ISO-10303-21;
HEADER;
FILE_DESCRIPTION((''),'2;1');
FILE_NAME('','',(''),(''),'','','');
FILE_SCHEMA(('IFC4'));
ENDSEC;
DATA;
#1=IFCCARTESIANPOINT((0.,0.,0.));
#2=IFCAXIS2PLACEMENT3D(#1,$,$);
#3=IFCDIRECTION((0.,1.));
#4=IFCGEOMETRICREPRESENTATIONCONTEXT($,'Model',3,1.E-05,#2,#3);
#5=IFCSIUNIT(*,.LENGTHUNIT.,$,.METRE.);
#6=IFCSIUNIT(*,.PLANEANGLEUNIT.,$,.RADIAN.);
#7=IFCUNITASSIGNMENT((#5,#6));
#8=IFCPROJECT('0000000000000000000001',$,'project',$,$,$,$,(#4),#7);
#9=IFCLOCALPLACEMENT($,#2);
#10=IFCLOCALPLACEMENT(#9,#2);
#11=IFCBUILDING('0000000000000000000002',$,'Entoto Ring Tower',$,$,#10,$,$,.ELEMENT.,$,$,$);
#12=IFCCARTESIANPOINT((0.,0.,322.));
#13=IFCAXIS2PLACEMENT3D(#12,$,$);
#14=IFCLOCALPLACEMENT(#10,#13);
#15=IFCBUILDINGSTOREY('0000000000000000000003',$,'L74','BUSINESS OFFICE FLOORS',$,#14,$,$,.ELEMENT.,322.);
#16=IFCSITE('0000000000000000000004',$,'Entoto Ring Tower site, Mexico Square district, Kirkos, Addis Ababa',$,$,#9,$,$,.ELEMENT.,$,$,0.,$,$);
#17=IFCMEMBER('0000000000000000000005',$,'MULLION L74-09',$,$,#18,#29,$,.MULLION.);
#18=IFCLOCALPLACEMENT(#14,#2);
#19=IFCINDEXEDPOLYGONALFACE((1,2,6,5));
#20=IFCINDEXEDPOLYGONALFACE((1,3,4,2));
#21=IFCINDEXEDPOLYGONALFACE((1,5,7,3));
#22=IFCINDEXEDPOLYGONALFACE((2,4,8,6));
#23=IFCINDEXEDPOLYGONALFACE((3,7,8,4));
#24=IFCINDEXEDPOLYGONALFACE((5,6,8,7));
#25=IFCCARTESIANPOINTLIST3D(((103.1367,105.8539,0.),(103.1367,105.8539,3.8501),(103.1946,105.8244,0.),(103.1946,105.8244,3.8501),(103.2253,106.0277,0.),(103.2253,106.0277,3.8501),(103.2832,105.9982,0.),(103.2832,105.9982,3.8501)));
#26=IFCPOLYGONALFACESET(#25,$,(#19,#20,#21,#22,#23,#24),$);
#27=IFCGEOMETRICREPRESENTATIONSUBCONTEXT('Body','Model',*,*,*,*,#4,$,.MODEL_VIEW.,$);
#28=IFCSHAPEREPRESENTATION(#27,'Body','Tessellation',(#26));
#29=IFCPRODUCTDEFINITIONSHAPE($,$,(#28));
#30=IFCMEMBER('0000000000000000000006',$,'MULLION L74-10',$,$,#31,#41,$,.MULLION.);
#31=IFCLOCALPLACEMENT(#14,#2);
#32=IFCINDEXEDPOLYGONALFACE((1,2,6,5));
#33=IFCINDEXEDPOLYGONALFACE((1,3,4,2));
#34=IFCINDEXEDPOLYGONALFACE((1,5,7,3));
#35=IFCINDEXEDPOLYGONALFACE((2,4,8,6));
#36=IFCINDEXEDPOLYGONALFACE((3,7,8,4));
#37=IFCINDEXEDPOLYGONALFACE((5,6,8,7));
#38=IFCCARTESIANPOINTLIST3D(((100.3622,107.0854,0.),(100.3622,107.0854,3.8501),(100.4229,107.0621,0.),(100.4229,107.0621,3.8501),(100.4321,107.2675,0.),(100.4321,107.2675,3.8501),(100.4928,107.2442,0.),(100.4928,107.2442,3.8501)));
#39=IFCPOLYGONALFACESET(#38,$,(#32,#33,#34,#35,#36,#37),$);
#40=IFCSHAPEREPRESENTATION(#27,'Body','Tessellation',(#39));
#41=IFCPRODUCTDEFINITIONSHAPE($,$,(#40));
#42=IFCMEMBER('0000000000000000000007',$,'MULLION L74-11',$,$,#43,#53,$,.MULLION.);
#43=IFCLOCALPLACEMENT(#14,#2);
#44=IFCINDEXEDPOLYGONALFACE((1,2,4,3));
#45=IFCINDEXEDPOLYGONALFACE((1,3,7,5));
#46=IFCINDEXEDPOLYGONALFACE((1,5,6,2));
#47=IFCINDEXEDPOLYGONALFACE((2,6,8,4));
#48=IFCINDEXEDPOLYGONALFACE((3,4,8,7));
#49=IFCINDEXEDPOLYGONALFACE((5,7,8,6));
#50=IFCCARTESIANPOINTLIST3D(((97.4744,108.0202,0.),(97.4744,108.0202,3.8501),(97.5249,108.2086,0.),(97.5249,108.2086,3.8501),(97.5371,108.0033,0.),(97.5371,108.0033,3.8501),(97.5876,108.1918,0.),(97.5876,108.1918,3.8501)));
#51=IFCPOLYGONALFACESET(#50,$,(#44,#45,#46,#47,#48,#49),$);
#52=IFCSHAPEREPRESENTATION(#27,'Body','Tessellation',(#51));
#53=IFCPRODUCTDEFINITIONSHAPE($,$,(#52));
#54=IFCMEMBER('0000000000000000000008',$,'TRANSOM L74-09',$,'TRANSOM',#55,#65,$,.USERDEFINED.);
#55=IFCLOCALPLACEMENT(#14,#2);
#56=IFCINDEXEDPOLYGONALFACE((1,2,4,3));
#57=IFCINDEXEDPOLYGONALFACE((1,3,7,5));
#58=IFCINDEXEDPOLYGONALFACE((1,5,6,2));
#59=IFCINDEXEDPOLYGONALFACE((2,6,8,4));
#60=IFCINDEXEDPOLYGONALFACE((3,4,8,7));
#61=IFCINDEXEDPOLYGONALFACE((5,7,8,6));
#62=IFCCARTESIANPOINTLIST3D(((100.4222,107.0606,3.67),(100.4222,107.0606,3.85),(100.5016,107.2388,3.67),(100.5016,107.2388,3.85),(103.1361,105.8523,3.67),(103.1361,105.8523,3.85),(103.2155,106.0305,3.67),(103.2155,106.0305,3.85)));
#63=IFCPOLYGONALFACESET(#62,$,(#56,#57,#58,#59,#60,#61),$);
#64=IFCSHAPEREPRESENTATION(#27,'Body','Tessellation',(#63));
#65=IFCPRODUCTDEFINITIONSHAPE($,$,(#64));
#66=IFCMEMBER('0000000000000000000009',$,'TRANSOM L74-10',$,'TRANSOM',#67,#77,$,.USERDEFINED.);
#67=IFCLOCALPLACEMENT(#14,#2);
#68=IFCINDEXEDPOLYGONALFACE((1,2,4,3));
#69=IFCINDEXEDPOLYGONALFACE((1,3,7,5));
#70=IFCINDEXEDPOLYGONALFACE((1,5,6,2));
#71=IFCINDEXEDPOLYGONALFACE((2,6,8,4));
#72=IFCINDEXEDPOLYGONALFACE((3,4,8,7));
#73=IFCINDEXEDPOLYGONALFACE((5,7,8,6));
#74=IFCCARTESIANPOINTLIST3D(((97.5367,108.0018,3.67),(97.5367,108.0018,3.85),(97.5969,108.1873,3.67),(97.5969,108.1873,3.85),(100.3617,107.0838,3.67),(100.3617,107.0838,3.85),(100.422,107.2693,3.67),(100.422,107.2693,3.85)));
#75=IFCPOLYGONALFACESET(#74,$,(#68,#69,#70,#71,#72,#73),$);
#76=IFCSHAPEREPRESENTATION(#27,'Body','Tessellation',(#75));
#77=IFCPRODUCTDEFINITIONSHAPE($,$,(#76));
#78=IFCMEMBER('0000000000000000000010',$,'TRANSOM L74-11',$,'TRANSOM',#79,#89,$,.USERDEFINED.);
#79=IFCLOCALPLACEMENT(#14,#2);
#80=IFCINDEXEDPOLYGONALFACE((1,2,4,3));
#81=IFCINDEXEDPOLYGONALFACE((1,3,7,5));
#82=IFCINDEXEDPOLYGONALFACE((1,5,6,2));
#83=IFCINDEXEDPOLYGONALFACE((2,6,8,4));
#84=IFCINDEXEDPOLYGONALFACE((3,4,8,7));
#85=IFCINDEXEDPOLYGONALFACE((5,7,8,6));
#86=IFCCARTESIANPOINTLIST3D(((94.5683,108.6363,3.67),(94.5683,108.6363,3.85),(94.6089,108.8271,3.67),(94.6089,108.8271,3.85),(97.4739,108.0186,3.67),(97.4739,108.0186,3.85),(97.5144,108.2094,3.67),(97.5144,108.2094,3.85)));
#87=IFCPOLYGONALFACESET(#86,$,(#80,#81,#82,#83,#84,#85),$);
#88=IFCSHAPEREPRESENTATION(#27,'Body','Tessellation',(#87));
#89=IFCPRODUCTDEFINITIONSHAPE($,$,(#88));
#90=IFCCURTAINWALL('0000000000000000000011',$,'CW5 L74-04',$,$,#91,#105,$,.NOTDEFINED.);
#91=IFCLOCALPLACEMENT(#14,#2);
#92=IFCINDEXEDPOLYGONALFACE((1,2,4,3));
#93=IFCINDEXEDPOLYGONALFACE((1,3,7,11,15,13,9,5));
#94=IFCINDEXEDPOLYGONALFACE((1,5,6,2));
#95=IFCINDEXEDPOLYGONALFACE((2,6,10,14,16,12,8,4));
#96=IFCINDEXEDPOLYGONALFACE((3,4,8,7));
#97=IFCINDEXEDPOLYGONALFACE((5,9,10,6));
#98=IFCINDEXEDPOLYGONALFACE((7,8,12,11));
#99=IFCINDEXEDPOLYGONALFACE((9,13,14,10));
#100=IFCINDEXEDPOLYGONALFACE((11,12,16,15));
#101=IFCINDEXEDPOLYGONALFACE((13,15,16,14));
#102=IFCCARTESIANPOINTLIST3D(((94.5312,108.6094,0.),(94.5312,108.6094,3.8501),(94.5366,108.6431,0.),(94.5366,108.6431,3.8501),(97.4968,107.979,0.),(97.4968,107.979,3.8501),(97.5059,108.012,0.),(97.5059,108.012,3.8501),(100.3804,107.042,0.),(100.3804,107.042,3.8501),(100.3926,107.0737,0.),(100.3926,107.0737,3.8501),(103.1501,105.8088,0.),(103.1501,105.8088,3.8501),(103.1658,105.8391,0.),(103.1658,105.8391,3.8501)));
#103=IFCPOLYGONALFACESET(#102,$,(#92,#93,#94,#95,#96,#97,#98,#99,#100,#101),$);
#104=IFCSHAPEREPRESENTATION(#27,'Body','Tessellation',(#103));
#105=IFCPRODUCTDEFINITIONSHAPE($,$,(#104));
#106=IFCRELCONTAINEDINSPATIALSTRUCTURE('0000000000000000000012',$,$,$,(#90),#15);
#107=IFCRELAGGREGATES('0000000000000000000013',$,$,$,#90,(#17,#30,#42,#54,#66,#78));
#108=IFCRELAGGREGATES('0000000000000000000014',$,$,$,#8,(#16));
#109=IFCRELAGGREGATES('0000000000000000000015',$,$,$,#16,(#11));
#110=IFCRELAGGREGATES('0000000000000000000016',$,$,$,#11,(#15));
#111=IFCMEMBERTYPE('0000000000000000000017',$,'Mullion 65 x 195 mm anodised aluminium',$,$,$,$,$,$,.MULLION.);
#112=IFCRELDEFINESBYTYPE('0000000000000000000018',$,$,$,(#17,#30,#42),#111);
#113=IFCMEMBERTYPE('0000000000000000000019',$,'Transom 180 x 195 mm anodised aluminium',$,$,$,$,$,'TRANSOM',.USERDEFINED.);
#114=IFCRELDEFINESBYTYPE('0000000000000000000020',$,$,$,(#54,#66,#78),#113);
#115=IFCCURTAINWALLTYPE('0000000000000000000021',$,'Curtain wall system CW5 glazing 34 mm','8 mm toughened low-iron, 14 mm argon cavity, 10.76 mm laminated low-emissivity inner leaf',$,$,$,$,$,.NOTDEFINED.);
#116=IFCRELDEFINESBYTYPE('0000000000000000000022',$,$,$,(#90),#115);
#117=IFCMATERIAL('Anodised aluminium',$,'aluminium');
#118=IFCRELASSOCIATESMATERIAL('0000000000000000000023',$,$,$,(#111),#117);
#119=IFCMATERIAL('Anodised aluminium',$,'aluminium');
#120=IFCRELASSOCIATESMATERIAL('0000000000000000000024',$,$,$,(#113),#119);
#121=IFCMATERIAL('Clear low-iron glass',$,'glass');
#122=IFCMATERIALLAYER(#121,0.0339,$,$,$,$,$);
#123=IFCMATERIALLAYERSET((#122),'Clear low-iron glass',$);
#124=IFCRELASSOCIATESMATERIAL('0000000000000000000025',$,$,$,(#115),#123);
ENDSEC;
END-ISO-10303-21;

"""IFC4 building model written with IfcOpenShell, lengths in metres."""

from ifc_helpers import new_model, si_unit, direction, frame, origin, origin_2d, place, context, subcontext, project, spatial, polyline, rectangle, outline, extrude, material, layer, layer_set, material_profile, profile_set, type_object, element, aggregate, save


model = new_model("IFC4")

# Units and contexts
model_context = context("Model", 3, precision=1e-05, world=origin(), true_north=direction((0.0, 1.0)))
body_context = subcontext(model_context, "Body", "Model", "MODEL_VIEW")
ifc_project = project(units=[si_unit("LENGTHUNIT", "METRE"), si_unit("PLANEANGLEUNIT", "RADIAN")], contexts=[model_context])

# Members
ifc_material_1 = material(Name="Anodised aluminium", Category="aluminium")
ifc_material_profile_1 = material_profile(ifc_material_1, rectangle(XDim=0.0649, YDim=0.1951, at=origin_2d()), Name="Mullion 65 x 195 mm anodised aluminium")
ifc_profile_set_1 = profile_set([ifc_material_profile_1], Name="Anodised aluminium")
member_type_1 = type_object("IfcMemberType", Name="Mullion 65 x 195 mm anodised aluminium", PredefinedType="MULLION", material=ifc_profile_set_1)
site_placement = place(None, origin())
building_placement = place(site_placement, origin())
storey_placement = place(building_placement, frame((0.0, 0.0, 322.0)))
member_1_placement = place(storey_placement, frame((103.21, 105.926, 0.0), z_axis=(0.0, 0.0, 1.0), x_axis=(-0.891007, 0.45399, 0.0)))
member_1 = element("IfcMember", 1, at=member_1_placement, type_object=member_type_1, Name="MULLION L74-09", PredefinedType="MULLION", context=body_context, shape_type="SweptSolid", body=[
    extrude(rectangle(XDim=0.0649, YDim=0.1951, at=origin_2d()), origin(), (0.0, 0.0, 1.0), 3.8501),
])
member_2_placement = place(storey_placement, frame((100.4275, 107.1648, 0.0), z_axis=(0.0, 0.0, 1.0), x_axis=(-0.93358, 0.358368, 0.0)))
member_2 = element("IfcMember", 2, at=member_2_placement, type_object=member_type_1, Name="MULLION L74-10", PredefinedType="MULLION", context=body_context, shape_type="SweptSolid", body=[
    extrude(rectangle(XDim=0.0649, YDim=0.1951, at=origin_2d()), origin(), (0.0, 0.0, 1.0), 3.8501),
])
member_3_placement = place(storey_placement, frame((97.531, 108.106, 0.0), z_axis=(0.0, 0.0, 1.0), x_axis=(-0.965926, 0.258819, 0.0)))
member_3 = element("IfcMember", 3, at=member_3_placement, type_object=member_type_1, Name="MULLION L74-11", PredefinedType="MULLION", context=body_context, shape_type="SweptSolid", body=[
    extrude(rectangle(XDim=0.0649, YDim=0.1951, at=origin_2d()), origin(), (0.0, 0.0, 1.0), 3.8501),
])
ifc_material_2 = material(Name="Anodised aluminium", Category="aluminium")
ifc_material_profile_2 = material_profile(ifc_material_2, rectangle(XDim=0.1951, YDim=0.1799, at=origin_2d()), Name="Transom 180 x 195 mm anodised aluminium")
ifc_profile_set_2 = profile_set([ifc_material_profile_2], Name="Anodised aluminium")
member_type_2 = type_object("IfcMemberType", Name="Transom 180 x 195 mm anodised aluminium", ElementType="TRANSOM", PredefinedType="USERDEFINED", material=ifc_profile_set_2)
member_4_placement = place(storey_placement, frame((103.1758, 105.9414, 3.76), z_axis=(-0.91355, 0.406726, 0.0), x_axis=(-0.406726, -0.91355, 0.0)))
member_4 = element("IfcMember", 4, at=member_4_placement, type_object=member_type_2, Name="TRANSOM L74-09", ObjectType="TRANSOM", PredefinedType="USERDEFINED", context=body_context, shape_type="SweptSolid", body=[
    extrude(rectangle(XDim=0.1951, YDim=0.1799, at=origin_2d()), origin(), (0.0, 0.0, 1.0), 2.9707),
])
member_5_placement = place(storey_placement, frame((100.3918, 107.1765, 3.76), z_axis=(-0.951048, 0.309043, 0.0), x_axis=(-0.309043, -0.951048, 0.0)))
member_5 = element("IfcMember", 5, at=member_5_placement, type_object=member_type_2, Name="TRANSOM L74-10", ObjectType="TRANSOM", PredefinedType="USERDEFINED", context=body_context, shape_type="SweptSolid", body=[
    extrude(rectangle(XDim=0.1951, YDim=0.1799, at=origin_2d()), origin(), (0.0, 0.0, 1.0), 2.9705),
])
member_6_placement = place(storey_placement, frame((97.4941, 108.114, 3.76), z_axis=(-0.978142, 0.20794, 0.0), x_axis=(-0.20794, -0.978142, 0.0)))
member_6 = element("IfcMember", 6, at=member_6_placement, type_object=member_type_2, Name="TRANSOM L74-11", ObjectType="TRANSOM", PredefinedType="USERDEFINED", context=body_context, shape_type="SweptSolid", body=[
    extrude(rectangle(XDim=0.1951, YDim=0.1799, at=origin_2d()), origin(), (0.0, 0.0, 1.0), 2.9705),
])

# Site, building, storey
site = spatial("IfcSite", under=ifc_project, at=site_placement, Name="Entoto Ring Tower site, Mexico Square district, Kirkos, Addis Ababa", CompositionType="ELEMENT", RefElevation=0.0)
building = spatial("IfcBuilding", under=site, at=building_placement, Name="Entoto Ring Tower", CompositionType="ELEMENT")
storey = spatial("IfcBuildingStorey", under=building, at=storey_placement, Name="L74", Description="BUSINESS OFFICE FLOORS", CompositionType="ELEMENT", Elevation=322.0)

# Curtain wall
ifc_material_3 = material(Name="Clear low-iron glass", Category="glass")
ifc_layer = layer(ifc_material_3, 0.0339)
ifc_layer_set = layer_set([ifc_layer], Name="Clear low-iron glass")
curtain_wall_type = type_object("IfcCurtainWallType", Name="Curtain wall system CW5 glazing 34 mm", Description="8 mm toughened low-iron, 14 mm argon cavity, 10.76 mm laminated low-emissivity inner leaf", PredefinedType="NOTDEFINED", material=ifc_layer_set)
curtain_wall_1_placement = place(storey_placement, origin())
curtain_wall_1 = element("IfcCurtainWall", 7, at=curtain_wall_1_placement, inside=storey, type_object=curtain_wall_type, Name="CW5 L74-04", PredefinedType="NOTDEFINED", context=body_context, shape_type="SweptSolid", body=[
    extrude(outline(polyline([(103.1658, 105.8391), (100.3926, 107.0737), (97.5059, 108.012), (94.5366, 108.6431), (94.5312, 108.6094), (97.4968, 107.979), (100.3804, 107.042), (103.1501, 105.8088), (103.1658, 105.8391)])), origin(), (0.0, 0.0, 1.0), 3.8501),
])
aggregate(curtain_wall_1, [member_1, member_2, member_3, member_4, member_5, member_6])

save(model, "model.ifc")
